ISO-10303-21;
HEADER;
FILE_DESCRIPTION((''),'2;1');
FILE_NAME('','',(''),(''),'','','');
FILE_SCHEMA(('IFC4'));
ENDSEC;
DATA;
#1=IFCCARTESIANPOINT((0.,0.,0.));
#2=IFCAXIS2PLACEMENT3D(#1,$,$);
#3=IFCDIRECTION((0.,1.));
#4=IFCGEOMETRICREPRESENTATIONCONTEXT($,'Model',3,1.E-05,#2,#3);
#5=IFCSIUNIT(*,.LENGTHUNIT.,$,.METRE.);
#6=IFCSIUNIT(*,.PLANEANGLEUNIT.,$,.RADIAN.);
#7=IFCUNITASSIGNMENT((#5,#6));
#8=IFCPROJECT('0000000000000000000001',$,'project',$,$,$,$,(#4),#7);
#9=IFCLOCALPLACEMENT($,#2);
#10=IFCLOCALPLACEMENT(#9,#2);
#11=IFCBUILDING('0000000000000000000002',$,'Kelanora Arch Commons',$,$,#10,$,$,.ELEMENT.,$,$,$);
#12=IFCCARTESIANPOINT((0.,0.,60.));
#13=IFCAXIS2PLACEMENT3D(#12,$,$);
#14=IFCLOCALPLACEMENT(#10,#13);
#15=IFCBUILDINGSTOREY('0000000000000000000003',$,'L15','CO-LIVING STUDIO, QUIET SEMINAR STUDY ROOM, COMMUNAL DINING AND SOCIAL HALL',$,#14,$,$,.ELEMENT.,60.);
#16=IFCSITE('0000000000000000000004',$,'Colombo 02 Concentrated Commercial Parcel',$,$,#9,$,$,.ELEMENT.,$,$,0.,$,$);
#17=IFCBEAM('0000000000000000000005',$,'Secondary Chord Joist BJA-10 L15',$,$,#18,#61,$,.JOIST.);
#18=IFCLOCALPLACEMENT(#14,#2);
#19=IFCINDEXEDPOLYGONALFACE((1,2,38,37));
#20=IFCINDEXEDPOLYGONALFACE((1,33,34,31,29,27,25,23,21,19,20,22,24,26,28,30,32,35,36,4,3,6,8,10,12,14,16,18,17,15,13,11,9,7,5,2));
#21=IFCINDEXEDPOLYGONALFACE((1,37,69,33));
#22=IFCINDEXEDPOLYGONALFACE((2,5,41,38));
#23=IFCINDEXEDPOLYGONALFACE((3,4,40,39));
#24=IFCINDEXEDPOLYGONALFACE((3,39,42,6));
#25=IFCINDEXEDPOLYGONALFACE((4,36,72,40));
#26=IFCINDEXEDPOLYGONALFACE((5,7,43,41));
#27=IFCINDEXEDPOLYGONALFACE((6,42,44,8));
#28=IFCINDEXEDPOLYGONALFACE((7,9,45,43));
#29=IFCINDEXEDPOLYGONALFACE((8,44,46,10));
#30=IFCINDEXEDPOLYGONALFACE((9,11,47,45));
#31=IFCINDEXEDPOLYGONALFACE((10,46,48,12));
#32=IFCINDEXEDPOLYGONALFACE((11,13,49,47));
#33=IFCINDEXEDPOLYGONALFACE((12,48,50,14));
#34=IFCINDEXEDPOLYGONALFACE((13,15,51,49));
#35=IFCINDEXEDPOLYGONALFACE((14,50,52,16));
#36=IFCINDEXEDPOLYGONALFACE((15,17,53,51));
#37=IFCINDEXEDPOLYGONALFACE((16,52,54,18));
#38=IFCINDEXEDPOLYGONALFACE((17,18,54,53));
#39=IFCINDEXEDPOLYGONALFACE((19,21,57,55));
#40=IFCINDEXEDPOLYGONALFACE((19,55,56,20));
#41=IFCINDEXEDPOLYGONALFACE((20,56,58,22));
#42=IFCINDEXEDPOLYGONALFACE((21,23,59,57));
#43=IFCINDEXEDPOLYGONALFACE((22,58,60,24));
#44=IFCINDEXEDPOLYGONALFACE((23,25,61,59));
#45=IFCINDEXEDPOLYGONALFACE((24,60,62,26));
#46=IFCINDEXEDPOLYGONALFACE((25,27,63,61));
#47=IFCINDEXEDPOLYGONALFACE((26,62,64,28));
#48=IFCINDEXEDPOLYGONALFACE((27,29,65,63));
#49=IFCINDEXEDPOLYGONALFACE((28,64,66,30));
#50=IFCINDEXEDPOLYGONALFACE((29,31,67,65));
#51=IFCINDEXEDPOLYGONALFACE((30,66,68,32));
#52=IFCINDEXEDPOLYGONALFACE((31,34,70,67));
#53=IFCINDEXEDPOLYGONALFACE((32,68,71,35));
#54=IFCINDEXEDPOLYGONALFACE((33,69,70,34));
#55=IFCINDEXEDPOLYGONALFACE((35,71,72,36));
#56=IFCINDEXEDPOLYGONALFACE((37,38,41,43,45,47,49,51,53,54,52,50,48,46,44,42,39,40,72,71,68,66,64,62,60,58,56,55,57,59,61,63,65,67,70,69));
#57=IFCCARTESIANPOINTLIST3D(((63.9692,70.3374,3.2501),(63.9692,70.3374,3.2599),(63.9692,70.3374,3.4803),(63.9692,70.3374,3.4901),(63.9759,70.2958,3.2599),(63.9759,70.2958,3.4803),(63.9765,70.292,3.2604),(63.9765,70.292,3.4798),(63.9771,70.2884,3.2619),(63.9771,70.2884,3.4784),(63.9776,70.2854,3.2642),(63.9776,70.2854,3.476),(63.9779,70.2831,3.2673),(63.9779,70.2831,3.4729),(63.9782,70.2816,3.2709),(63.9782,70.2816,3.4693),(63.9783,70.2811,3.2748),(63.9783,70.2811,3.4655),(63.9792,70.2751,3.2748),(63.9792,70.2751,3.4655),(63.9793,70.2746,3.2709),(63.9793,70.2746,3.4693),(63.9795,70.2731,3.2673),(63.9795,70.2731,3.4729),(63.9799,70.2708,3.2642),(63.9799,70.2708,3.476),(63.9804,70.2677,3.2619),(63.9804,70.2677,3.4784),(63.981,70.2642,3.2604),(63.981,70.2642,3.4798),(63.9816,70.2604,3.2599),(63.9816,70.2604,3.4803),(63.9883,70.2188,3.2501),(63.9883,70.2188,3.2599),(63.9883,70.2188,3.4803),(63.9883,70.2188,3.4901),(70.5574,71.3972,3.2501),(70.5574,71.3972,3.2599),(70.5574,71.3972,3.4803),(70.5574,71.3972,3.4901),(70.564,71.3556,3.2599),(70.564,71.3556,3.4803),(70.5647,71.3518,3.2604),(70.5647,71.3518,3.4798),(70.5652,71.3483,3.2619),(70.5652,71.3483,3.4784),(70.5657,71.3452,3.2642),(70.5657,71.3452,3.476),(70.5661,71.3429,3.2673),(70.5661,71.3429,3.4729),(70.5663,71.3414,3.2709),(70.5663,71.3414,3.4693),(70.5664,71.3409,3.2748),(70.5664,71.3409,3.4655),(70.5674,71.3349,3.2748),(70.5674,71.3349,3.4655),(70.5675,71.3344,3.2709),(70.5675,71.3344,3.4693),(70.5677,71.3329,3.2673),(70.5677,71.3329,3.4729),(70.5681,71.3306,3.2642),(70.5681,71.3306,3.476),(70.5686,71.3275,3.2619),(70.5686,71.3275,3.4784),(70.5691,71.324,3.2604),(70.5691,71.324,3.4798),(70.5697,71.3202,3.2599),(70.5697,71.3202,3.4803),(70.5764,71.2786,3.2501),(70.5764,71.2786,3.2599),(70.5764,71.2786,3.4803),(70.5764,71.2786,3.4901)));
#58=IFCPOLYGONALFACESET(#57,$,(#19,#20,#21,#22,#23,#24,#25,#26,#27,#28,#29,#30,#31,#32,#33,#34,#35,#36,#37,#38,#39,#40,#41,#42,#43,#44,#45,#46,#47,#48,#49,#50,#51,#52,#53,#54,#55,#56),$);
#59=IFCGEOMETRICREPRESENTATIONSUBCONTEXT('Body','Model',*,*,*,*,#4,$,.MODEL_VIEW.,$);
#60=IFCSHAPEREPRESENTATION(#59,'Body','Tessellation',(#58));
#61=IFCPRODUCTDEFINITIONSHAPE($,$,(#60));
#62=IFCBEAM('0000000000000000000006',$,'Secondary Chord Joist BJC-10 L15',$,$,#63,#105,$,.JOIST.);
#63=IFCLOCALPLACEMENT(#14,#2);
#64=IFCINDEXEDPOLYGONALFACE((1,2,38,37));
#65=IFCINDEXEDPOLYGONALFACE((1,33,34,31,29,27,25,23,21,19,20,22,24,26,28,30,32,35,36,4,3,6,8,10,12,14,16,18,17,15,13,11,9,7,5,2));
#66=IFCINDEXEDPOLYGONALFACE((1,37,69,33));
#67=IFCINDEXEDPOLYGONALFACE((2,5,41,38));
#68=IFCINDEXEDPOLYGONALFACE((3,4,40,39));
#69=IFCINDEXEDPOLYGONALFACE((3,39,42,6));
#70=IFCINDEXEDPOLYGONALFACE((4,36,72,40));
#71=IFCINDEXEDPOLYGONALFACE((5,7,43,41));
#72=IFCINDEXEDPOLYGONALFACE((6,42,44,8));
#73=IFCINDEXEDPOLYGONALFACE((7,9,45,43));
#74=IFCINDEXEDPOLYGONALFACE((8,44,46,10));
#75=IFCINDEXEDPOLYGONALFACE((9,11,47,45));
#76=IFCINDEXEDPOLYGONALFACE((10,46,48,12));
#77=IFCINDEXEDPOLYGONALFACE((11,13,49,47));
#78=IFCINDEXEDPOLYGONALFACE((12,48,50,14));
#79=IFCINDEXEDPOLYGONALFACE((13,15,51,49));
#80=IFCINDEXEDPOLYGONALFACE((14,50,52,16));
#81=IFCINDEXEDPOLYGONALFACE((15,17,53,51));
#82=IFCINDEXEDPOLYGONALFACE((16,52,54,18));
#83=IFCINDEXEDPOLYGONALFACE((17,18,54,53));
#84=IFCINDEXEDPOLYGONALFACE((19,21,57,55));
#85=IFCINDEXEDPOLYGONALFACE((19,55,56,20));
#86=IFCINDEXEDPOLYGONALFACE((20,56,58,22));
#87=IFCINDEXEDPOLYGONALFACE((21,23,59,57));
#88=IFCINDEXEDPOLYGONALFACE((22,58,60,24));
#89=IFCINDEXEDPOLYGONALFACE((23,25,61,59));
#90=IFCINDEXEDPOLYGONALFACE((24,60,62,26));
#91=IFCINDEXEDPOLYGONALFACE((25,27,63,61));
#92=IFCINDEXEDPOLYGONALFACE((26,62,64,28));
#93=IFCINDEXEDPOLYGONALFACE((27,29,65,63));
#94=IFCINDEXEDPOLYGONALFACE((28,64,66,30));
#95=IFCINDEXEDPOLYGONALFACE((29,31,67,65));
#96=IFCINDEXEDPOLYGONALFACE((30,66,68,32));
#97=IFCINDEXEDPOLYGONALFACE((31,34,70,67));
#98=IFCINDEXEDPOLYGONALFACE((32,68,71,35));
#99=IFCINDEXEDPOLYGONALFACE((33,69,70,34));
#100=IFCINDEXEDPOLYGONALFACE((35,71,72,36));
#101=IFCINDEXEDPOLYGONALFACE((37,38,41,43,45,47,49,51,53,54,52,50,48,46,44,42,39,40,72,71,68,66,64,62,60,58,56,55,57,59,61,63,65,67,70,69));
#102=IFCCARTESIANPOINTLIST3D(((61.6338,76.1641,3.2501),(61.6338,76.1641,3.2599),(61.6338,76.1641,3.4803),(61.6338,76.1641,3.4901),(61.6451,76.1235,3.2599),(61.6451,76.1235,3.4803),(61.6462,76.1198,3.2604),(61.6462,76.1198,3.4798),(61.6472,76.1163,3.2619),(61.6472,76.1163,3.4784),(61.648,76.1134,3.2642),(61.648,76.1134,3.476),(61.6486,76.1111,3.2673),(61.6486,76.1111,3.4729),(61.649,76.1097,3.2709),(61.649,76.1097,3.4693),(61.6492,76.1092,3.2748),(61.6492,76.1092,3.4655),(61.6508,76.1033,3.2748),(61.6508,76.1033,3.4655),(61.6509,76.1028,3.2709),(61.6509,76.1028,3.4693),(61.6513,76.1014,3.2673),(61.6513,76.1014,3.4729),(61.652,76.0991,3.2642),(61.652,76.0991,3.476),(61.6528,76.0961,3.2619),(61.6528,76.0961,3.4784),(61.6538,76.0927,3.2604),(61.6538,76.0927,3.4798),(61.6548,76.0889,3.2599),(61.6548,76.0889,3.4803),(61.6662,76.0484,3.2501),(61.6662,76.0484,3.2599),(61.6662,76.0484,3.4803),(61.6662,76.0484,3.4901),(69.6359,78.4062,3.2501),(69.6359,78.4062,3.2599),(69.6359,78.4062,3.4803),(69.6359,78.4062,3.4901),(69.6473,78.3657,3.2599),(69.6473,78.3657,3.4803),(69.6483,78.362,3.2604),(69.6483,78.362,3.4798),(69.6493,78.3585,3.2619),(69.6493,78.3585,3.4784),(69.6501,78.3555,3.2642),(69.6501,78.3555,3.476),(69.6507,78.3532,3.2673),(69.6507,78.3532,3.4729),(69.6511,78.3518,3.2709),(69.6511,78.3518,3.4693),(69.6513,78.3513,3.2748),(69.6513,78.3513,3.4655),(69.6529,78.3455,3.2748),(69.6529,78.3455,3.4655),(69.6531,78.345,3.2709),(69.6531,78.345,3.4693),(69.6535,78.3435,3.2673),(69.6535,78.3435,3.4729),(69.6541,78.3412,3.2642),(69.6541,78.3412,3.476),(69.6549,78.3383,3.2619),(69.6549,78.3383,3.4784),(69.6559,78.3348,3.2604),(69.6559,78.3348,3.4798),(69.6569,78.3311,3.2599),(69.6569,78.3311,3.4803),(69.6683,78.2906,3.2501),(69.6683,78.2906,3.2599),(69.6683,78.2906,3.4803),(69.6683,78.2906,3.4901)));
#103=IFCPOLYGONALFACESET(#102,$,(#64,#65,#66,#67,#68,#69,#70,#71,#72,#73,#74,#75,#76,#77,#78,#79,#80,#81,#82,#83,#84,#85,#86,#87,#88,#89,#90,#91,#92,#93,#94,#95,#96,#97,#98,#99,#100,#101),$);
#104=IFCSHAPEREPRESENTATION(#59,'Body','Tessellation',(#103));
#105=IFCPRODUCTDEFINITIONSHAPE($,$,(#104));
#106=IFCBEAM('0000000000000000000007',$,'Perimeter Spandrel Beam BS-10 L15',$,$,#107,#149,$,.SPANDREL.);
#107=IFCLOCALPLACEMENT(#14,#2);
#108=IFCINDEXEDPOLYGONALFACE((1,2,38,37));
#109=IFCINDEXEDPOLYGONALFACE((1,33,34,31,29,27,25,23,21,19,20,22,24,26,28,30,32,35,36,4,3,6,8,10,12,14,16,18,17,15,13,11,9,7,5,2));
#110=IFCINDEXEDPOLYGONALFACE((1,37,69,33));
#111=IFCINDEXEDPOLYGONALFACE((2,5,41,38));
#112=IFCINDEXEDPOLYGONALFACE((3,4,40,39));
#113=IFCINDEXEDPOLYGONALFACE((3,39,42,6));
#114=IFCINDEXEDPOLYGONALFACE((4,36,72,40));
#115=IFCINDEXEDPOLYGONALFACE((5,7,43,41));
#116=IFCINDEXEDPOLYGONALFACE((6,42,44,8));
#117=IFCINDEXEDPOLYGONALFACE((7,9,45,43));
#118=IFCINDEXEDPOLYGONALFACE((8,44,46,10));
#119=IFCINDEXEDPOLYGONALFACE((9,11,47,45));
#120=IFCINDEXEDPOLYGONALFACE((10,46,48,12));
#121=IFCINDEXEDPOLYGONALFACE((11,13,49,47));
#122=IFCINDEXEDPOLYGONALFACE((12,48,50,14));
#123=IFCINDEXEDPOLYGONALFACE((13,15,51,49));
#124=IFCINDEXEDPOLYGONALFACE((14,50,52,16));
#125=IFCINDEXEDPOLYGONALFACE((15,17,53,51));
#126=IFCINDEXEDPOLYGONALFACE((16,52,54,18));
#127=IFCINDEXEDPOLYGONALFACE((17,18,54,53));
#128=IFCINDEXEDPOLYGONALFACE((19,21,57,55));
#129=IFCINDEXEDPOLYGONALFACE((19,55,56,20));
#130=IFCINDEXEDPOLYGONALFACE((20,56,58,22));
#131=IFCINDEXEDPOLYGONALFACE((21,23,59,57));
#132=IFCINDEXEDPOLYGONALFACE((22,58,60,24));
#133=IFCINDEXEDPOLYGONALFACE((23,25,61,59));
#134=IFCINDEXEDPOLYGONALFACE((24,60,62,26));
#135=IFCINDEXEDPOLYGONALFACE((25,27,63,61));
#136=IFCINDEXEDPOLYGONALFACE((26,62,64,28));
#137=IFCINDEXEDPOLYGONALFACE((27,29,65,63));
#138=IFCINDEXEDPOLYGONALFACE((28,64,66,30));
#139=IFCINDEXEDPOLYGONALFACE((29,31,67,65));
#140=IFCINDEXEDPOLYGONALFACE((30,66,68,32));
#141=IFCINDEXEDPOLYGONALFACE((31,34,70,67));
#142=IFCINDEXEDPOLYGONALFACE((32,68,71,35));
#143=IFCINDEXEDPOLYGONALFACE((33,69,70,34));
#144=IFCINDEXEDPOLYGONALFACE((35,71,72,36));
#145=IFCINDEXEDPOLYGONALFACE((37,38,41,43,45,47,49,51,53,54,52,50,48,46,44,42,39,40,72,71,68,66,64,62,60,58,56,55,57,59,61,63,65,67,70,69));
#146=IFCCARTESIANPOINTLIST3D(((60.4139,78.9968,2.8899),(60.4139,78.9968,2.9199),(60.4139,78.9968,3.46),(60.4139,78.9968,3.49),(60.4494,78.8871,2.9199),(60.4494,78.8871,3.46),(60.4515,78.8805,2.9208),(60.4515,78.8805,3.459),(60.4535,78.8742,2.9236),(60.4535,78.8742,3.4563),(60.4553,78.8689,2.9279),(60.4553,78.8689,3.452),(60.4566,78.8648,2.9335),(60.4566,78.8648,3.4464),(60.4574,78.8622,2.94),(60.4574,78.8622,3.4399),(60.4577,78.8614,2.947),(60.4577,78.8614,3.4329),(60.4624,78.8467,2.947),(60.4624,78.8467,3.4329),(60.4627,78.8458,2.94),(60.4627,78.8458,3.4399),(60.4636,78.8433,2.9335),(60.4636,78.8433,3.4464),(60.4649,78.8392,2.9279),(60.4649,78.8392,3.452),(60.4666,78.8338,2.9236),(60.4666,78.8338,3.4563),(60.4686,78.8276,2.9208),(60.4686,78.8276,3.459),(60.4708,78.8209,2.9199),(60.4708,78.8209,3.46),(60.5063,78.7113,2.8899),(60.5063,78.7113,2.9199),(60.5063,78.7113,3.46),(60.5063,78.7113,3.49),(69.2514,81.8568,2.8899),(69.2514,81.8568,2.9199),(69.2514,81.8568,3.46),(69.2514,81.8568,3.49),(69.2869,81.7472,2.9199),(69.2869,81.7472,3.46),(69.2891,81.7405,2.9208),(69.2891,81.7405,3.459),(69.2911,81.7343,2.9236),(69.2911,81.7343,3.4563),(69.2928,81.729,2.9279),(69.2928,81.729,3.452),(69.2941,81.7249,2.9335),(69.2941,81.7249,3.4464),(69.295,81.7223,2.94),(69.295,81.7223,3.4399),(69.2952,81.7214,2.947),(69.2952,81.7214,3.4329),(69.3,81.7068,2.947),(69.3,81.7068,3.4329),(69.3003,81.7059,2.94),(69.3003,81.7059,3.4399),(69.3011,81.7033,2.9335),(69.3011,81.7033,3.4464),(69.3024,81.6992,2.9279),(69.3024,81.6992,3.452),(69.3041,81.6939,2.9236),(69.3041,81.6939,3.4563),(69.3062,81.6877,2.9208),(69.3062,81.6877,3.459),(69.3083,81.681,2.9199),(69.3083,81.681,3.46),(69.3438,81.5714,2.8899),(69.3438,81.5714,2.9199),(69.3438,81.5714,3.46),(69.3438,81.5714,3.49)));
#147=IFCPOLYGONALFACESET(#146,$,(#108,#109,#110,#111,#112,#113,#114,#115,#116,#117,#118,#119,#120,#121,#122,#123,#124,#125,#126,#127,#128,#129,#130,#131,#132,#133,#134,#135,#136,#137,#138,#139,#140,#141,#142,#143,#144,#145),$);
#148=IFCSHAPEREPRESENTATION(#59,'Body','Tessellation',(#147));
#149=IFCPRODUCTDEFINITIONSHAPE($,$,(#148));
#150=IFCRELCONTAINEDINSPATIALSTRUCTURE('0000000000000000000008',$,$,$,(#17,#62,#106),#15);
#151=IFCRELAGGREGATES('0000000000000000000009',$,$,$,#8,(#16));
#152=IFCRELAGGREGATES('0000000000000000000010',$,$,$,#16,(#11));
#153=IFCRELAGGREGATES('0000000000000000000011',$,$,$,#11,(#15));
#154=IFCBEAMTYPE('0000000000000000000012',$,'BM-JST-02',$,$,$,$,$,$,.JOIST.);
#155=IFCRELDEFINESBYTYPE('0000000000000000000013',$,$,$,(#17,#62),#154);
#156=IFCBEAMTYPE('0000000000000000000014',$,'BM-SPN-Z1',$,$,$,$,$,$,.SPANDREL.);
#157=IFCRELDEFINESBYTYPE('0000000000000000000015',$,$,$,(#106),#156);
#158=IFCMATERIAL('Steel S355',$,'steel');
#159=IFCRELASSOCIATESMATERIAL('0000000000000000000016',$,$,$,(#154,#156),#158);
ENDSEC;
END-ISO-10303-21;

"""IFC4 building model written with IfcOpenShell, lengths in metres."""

from ifc_helpers import new_model, si_unit, direction, frame, origin, origin_2d, place, context, subcontext, project, spatial, i_section, extrude, material, material_profile, profile_set, type_object, element, save


model = new_model("IFC4")

# Units and contexts
model_context = context("Model", 3, precision=1e-05, world=origin(), true_north=direction((0.0, 1.0)))
body_context = subcontext(model_context, "Body", "Model", "MODEL_VIEW")
ifc_project = project(units=[si_unit("LENGTHUNIT", "METRE"), si_unit("PLANEANGLEUNIT", "RADIAN")], contexts=[model_context])

# Site, building, storey
site_placement = place(None, origin())
site = spatial("IfcSite", under=ifc_project, at=site_placement, Name="Colombo 02 Concentrated Commercial Parcel", CompositionType="ELEMENT", RefElevation=0.0)
building_placement = place(site_placement, origin())
building = spatial("IfcBuilding", under=site, at=building_placement, Name="Kelanora Arch Commons", CompositionType="ELEMENT")
storey_placement = place(building_placement, frame((0.0, 0.0, 60.0)))
storey = spatial("IfcBuildingStorey", under=building, at=storey_placement, Name="L15", Description="CO-LIVING STUDIO, QUIET SEMINAR STUDY ROOM, COMMUNAL DINING AND SOCIAL HALL", CompositionType="ELEMENT", Elevation=60.0)

# Beams
ifc_material_1 = material(Name="Steel S355", Category="steel")
ifc_material_profile_1 = material_profile(ifc_material_1, i_section(OverallWidth=0.1201, OverallDepth=0.24, WebThickness=0.0061, FlangeThickness=0.0098, FilletRadius=0.0149, at=origin_2d()), Name="IPE240")
ifc_profile_set_1 = profile_set([ifc_material_profile_1], Name="Steel S355")
beam_type_1 = type_object("IfcBeamType", Name="BM-JST-02", PredefinedType="JOIST", material=ifc_profile_set_1)
beam_1_placement = place(storey_placement, frame((70.5669, 71.3379, 3.3701), z_axis=(-0.987307, -0.158825, 0.0), x_axis=(0.158825, -0.987307, 0.0)))
element("IfcBeam", 1, at=beam_1_placement, inside=storey, type_object=beam_type_1, Name="Secondary Chord Joist BJA-10 L15", PredefinedType="JOIST", context=body_context, shape_type="SweptSolid", body=[
    extrude(i_section(OverallWidth=0.1201, OverallDepth=0.24, WebThickness=0.0061, FlangeThickness=0.0098, FilletRadius=0.0149, at=origin_2d()), origin(), (0.0, 0.0, 1.0), 6.6729),
])
beam_2_placement = place(storey_placement, frame((69.6521, 78.3484, 3.3701), z_axis=(-0.962915, -0.269805, 0.0), x_axis=(0.269805, -0.962915, 0.0)))
element("IfcBeam", 2, at=beam_2_placement, inside=storey, type_object=beam_type_1, Name="Secondary Chord Joist BJC-10 L15", PredefinedType="JOIST", context=body_context, shape_type="SweptSolid", body=[
    extrude(i_section(OverallWidth=0.1201, OverallDepth=0.24, WebThickness=0.0061, FlangeThickness=0.0098, FilletRadius=0.0149, at=origin_2d()), origin(), (0.0, 0.0, 1.0), 8.3103),
])
ifc_material_profile_2 = material_profile(ifc_material_1, i_section(OverallWidth=0.3, OverallDepth=0.6001, WebThickness=0.0154, FlangeThickness=0.03, FilletRadius=0.0271, at=origin_2d()), Name="HEB600")
ifc_profile_set_2 = profile_set([ifc_material_profile_2], Name="Steel S355")
beam_type_2 = type_object("IfcBeamType", Name="BM-SPN-Z1", PredefinedType="SPANDREL", material=ifc_profile_set_2)
beam_3_placement = place(storey_placement, frame((69.2976, 81.7141, 3.1899), z_axis=(-0.951417, -0.307905, 0.0), x_axis=(0.307905, -0.951417, 0.0)))
element("IfcBeam", 3, at=beam_3_placement, inside=storey, type_object=beam_type_2, Name="Perimeter Spandrel Beam BS-10 L15", PredefinedType="SPANDREL", context=body_context, shape_type="SweptSolid", body=[
    extrude(i_section(OverallWidth=0.3, OverallDepth=0.6001, WebThickness=0.0154, FlangeThickness=0.03, FilletRadius=0.0271, at=origin_2d()), origin(), (0.0, 0.0, 1.0), 9.2888),
])

save(model, "model.ifc")
